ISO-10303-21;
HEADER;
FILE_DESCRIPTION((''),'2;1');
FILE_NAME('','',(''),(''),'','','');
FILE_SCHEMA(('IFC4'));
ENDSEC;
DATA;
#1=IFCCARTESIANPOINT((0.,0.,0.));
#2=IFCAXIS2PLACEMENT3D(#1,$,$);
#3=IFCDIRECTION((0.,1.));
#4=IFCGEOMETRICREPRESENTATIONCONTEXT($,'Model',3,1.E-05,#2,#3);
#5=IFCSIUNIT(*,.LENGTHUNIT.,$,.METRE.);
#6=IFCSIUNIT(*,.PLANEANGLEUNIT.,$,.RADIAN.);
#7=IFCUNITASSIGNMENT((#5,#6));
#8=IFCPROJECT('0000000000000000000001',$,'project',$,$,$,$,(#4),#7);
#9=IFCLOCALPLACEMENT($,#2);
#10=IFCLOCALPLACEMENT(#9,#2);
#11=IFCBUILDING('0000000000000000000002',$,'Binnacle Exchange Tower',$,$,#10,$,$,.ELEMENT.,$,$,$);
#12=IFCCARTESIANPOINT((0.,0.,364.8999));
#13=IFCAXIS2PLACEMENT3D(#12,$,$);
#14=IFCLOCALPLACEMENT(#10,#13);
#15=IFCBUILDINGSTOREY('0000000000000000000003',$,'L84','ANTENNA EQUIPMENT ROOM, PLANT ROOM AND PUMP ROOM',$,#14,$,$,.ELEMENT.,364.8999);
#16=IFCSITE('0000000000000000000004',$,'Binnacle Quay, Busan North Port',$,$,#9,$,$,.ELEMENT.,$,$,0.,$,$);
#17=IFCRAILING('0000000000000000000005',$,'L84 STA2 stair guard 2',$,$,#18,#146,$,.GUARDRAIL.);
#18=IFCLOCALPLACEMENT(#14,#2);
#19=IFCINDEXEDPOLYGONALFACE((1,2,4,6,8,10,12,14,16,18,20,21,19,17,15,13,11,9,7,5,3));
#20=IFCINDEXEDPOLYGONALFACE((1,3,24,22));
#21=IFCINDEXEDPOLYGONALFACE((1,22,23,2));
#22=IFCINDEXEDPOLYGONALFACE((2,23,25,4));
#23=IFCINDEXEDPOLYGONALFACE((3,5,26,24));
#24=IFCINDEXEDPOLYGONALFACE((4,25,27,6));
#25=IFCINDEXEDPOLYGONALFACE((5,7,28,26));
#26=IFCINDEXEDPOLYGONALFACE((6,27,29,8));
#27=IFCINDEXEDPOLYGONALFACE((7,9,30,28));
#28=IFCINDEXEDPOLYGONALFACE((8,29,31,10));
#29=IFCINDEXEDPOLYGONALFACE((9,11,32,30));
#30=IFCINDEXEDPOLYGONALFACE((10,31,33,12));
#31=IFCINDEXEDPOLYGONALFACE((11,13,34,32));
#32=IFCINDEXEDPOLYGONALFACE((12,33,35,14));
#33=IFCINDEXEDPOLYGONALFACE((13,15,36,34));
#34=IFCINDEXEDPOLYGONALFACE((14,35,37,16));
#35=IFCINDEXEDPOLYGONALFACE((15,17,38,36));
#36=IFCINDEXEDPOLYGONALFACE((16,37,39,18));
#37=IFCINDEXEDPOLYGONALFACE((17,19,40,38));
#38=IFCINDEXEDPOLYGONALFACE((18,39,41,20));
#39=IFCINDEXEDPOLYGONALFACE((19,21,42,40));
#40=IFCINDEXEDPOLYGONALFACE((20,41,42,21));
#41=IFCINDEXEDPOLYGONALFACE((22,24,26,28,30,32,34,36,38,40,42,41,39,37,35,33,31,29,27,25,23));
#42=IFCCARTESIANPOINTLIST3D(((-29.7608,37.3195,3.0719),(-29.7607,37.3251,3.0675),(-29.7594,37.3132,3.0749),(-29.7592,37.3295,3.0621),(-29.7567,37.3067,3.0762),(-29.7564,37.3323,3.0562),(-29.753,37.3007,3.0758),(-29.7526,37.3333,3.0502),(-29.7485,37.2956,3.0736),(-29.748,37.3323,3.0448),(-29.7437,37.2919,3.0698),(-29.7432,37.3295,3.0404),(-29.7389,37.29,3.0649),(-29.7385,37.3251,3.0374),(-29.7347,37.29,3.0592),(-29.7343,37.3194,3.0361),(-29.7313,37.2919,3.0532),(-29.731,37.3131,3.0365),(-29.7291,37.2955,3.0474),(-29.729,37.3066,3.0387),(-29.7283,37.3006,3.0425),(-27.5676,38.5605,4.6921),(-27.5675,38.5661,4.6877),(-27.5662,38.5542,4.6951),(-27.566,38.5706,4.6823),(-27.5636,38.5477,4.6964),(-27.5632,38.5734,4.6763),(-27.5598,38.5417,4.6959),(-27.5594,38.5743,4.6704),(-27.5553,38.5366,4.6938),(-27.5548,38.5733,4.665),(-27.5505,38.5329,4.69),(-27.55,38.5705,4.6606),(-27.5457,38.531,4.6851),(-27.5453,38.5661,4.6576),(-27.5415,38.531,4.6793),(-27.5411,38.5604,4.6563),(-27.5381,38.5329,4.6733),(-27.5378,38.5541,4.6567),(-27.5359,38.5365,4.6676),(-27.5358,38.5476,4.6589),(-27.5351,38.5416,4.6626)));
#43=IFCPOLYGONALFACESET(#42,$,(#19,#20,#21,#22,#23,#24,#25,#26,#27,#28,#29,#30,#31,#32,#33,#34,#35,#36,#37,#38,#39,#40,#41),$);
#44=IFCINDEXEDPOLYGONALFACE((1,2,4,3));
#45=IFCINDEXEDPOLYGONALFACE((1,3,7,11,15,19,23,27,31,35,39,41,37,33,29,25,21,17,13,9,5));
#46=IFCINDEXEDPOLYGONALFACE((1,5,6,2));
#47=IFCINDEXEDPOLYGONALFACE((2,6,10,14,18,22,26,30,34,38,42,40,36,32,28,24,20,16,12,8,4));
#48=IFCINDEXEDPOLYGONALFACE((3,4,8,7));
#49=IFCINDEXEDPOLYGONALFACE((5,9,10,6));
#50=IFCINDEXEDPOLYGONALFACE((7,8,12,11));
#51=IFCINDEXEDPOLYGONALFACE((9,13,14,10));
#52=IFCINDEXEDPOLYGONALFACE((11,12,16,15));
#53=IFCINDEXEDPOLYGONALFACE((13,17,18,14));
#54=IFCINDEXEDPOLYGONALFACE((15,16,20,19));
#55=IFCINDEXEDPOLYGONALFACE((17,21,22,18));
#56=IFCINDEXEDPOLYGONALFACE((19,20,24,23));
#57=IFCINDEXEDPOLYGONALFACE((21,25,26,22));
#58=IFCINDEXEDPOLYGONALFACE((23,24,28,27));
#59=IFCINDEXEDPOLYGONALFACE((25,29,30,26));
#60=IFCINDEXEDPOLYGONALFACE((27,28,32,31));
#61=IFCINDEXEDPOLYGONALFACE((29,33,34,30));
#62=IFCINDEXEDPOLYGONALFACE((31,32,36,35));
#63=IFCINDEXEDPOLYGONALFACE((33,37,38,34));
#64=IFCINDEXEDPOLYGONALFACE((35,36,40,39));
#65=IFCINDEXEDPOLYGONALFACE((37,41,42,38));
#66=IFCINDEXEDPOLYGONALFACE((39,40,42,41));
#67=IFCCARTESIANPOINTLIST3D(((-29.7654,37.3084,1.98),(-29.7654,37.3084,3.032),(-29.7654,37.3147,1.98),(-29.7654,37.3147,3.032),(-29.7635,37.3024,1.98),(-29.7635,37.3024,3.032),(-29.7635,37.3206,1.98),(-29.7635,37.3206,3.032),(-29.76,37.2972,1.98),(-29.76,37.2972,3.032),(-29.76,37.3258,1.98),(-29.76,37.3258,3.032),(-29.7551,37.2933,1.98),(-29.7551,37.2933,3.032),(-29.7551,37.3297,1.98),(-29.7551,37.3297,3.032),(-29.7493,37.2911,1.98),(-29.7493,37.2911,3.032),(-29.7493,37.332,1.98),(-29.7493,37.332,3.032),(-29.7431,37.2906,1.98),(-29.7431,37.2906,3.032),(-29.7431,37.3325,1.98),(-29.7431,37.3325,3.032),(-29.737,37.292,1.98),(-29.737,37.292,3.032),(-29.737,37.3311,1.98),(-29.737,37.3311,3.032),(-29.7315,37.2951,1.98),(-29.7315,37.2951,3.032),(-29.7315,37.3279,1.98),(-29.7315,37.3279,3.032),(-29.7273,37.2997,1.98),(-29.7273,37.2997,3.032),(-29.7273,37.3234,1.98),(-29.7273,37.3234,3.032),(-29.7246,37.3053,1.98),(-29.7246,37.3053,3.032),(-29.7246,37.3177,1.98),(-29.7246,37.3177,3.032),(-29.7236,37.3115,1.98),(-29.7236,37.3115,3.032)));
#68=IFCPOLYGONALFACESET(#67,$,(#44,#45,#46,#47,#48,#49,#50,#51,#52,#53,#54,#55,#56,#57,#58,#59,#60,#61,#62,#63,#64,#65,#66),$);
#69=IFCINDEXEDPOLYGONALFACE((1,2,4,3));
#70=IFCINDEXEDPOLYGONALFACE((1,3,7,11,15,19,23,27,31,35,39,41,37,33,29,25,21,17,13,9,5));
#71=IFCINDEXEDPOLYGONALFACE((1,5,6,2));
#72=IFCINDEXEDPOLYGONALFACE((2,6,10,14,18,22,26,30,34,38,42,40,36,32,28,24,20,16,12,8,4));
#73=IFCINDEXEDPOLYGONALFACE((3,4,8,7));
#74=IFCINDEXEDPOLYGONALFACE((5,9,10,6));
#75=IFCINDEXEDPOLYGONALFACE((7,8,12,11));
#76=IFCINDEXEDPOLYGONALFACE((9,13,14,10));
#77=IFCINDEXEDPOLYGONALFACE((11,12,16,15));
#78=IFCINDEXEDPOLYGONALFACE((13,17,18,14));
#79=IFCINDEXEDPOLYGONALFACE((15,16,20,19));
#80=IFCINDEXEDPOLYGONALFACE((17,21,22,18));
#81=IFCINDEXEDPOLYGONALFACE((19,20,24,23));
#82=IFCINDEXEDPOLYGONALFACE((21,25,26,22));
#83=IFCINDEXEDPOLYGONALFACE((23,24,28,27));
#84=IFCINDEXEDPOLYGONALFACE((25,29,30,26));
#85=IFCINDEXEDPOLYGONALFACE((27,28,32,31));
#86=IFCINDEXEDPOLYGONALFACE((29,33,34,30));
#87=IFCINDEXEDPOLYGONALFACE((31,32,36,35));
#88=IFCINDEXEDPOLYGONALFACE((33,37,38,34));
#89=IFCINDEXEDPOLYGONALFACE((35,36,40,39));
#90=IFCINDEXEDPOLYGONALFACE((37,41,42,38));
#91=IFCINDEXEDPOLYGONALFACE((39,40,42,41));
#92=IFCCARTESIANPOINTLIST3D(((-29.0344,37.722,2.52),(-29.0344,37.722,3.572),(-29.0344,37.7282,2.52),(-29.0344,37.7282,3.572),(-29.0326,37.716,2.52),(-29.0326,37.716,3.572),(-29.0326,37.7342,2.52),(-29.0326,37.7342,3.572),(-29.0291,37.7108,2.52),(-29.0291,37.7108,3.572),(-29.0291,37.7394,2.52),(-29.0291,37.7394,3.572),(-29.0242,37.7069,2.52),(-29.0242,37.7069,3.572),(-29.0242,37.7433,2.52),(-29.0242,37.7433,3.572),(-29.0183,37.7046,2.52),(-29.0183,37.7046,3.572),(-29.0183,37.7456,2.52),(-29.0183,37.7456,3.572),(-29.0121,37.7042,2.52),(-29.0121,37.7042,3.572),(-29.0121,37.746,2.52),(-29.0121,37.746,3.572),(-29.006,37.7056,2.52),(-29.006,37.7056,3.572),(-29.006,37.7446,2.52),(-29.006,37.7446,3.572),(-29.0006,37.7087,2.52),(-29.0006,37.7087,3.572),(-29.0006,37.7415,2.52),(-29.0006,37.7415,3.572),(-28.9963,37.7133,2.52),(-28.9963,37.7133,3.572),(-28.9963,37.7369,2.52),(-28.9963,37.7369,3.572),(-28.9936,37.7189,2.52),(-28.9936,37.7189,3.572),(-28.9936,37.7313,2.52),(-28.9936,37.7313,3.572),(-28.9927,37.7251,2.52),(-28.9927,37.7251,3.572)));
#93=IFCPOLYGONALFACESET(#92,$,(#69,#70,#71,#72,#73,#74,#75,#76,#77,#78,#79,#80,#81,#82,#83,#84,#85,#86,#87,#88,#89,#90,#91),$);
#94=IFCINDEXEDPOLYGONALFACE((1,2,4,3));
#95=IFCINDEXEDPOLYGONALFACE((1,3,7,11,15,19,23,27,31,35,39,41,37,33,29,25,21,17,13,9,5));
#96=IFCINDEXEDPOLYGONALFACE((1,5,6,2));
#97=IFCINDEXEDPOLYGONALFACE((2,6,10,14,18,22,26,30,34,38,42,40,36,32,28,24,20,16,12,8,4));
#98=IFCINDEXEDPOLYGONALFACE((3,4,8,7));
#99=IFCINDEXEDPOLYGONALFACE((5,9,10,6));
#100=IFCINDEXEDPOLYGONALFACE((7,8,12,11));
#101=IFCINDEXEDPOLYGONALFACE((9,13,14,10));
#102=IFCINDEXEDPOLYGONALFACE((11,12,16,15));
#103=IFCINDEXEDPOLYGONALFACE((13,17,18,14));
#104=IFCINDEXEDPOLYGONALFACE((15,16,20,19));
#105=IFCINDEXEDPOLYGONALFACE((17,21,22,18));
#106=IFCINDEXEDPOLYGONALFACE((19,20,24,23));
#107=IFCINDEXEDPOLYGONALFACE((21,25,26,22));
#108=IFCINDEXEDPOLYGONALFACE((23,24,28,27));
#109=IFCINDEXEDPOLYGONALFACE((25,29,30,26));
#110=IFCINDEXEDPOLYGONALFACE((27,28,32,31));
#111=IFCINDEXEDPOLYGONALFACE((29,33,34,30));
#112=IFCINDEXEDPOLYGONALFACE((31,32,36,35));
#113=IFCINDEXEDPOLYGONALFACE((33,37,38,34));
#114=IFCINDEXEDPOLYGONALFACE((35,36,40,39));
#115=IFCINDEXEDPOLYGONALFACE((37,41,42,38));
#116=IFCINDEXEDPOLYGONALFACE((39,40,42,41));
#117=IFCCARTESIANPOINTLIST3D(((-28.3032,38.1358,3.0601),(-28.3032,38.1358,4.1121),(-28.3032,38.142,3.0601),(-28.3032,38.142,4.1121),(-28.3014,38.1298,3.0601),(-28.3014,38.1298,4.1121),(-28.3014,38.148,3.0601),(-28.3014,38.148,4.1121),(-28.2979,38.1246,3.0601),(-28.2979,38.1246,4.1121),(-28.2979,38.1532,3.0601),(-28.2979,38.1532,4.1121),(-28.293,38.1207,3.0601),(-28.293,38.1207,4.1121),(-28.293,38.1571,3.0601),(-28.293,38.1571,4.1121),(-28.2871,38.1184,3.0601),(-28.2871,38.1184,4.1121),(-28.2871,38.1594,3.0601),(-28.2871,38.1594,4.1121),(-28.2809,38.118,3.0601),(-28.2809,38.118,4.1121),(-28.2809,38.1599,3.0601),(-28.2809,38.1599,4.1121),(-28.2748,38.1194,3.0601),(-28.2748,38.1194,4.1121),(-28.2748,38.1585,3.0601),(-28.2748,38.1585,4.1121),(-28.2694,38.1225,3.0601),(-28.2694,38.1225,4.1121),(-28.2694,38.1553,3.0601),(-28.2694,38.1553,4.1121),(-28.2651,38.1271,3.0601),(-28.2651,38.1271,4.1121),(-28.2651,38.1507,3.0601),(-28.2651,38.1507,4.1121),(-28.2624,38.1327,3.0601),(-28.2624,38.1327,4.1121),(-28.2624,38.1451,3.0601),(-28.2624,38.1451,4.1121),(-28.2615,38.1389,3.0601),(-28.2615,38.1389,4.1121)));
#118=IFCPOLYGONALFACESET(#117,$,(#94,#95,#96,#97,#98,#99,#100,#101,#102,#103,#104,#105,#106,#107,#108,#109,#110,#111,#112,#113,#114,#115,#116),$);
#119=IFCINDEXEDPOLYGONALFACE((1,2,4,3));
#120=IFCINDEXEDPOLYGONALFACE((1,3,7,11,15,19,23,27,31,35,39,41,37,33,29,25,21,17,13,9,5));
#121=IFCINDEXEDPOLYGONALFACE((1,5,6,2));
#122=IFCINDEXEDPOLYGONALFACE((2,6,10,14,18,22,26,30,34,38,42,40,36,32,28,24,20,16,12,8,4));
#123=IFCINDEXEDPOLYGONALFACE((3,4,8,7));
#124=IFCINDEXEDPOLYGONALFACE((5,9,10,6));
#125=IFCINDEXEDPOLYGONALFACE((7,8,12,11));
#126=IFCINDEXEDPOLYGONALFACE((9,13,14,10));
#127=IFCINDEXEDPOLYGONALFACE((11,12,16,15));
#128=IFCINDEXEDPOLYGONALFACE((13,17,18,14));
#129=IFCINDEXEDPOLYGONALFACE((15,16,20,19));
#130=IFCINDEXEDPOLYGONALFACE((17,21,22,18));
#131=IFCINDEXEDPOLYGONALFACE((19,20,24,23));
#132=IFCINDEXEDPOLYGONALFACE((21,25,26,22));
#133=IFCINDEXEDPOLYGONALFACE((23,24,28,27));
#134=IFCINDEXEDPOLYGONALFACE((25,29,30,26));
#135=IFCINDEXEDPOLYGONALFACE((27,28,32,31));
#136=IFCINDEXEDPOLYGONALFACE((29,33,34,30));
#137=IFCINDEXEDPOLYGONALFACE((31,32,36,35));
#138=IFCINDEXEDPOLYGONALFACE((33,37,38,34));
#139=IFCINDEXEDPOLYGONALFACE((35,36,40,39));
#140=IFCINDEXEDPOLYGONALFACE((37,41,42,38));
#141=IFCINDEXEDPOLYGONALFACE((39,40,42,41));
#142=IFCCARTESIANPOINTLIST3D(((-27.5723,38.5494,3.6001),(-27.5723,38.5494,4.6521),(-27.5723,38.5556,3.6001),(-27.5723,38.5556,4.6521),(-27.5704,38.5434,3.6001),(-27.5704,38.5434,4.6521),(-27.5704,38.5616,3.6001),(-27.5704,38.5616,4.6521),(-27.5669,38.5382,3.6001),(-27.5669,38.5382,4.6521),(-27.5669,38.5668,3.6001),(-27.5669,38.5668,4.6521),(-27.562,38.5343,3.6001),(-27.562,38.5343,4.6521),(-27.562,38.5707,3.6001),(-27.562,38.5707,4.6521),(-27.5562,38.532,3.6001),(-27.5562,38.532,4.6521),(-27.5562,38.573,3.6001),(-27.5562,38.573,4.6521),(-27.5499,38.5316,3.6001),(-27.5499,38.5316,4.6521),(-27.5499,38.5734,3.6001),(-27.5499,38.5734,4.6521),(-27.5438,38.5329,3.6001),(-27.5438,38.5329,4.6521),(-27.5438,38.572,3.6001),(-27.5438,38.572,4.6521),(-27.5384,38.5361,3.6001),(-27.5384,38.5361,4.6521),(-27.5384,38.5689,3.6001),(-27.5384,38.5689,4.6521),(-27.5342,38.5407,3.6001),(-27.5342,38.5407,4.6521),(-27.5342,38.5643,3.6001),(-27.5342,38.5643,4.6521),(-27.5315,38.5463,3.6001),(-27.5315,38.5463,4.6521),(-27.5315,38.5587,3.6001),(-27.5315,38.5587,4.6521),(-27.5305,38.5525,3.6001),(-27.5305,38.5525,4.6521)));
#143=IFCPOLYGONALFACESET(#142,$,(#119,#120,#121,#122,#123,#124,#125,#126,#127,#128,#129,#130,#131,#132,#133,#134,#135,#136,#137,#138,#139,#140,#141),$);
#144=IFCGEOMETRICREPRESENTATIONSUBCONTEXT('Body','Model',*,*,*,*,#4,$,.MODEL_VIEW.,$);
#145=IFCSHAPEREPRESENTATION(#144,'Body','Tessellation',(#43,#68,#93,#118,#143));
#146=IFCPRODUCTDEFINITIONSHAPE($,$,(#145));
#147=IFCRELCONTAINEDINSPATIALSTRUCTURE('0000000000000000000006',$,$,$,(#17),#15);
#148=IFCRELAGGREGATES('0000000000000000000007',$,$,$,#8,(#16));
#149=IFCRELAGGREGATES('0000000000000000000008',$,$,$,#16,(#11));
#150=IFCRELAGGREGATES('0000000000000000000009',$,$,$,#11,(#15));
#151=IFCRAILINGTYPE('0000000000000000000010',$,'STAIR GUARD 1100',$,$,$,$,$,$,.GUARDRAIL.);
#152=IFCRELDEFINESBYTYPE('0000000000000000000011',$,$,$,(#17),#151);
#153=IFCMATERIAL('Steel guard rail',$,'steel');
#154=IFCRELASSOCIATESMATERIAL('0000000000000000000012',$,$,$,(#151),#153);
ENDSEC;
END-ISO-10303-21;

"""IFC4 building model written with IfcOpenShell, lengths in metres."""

from ifc_helpers import new_model, si_unit, direction, frame, origin, origin_2d, place, context, subcontext, project, spatial, circle, extrude, material, type_object, element, save


model = new_model("IFC4")

# Units and contexts
model_context = context("Model", 3, precision=1e-05, world=origin(), true_north=direction((0.0, 1.0)))
body_context = subcontext(model_context, "Body", "Model", "MODEL_VIEW")
ifc_project = project(units=[si_unit("LENGTHUNIT", "METRE"), si_unit("PLANEANGLEUNIT", "RADIAN")], contexts=[model_context])

# Site, building, storey
site_placement = place(None, origin())
site = spatial("IfcSite", under=ifc_project, at=site_placement, Name="Binnacle Quay, Busan North Port", CompositionType="ELEMENT", RefElevation=0.0)
building_placement = place(site_placement, origin())
building = spatial("IfcBuilding", under=site, at=building_placement, Name="Binnacle Exchange Tower", CompositionType="ELEMENT")
storey_placement = place(building_placement, frame((0.0, 0.0, 364.8999)))
storey = spatial("IfcBuildingStorey", under=building, at=storey_placement, Name="L84", Description="ANTENNA EQUIPMENT ROOM, PLANT ROOM AND PUMP ROOM", CompositionType="ELEMENT", Elevation=364.8999)

# Railing
ifc_material_1 = material(Name="Steel guard rail", Category="steel")
railing_type_1 = type_object("IfcRailingType", Name="STAIR GUARD 1100", PredefinedType="GUARDRAIL", material=ifc_material_1)
railing_1_placement = place(storey_placement, frame((-29.7446, 37.3115, 1.98)))
element("IfcRailing", 1, at=railing_1_placement, inside=storey, type_object=railing_type_1, Name="L84 STA2 stair guard 2", PredefinedType="GUARDRAIL", context=body_context, shape_type="SweptSolid", body=[
    extrude(circle(Radius=0.0239, at=origin_2d()), frame((0.0, 0.0, 1.0762), z_axis=(0.732075, 0.414242, 0.540805), x_axis=(-0.492472, 0.870328, 0.0)), (0.0, 0.0, 1.0), 2.9958),
    extrude(circle(Radius=0.021, at=origin_2d()), origin(), (0.0, 0.0, 1.0), 1.052),
    extrude(circle(Radius=0.021, at=origin_2d()), frame((0.731, 0.4136, 0.54)), (0.0, 0.0, 1.0), 1.052),
    extrude(circle(Radius=0.021, at=origin_2d()), frame((1.4622, 0.8274, 1.0801)), (0.0, 0.0, 1.0), 1.052),
    extrude(circle(Radius=0.021, at=origin_2d()), frame((2.1931, 1.241, 1.6201)), (0.0, 0.0, 1.0), 1.052),
])

save(model, "model.ifc")
